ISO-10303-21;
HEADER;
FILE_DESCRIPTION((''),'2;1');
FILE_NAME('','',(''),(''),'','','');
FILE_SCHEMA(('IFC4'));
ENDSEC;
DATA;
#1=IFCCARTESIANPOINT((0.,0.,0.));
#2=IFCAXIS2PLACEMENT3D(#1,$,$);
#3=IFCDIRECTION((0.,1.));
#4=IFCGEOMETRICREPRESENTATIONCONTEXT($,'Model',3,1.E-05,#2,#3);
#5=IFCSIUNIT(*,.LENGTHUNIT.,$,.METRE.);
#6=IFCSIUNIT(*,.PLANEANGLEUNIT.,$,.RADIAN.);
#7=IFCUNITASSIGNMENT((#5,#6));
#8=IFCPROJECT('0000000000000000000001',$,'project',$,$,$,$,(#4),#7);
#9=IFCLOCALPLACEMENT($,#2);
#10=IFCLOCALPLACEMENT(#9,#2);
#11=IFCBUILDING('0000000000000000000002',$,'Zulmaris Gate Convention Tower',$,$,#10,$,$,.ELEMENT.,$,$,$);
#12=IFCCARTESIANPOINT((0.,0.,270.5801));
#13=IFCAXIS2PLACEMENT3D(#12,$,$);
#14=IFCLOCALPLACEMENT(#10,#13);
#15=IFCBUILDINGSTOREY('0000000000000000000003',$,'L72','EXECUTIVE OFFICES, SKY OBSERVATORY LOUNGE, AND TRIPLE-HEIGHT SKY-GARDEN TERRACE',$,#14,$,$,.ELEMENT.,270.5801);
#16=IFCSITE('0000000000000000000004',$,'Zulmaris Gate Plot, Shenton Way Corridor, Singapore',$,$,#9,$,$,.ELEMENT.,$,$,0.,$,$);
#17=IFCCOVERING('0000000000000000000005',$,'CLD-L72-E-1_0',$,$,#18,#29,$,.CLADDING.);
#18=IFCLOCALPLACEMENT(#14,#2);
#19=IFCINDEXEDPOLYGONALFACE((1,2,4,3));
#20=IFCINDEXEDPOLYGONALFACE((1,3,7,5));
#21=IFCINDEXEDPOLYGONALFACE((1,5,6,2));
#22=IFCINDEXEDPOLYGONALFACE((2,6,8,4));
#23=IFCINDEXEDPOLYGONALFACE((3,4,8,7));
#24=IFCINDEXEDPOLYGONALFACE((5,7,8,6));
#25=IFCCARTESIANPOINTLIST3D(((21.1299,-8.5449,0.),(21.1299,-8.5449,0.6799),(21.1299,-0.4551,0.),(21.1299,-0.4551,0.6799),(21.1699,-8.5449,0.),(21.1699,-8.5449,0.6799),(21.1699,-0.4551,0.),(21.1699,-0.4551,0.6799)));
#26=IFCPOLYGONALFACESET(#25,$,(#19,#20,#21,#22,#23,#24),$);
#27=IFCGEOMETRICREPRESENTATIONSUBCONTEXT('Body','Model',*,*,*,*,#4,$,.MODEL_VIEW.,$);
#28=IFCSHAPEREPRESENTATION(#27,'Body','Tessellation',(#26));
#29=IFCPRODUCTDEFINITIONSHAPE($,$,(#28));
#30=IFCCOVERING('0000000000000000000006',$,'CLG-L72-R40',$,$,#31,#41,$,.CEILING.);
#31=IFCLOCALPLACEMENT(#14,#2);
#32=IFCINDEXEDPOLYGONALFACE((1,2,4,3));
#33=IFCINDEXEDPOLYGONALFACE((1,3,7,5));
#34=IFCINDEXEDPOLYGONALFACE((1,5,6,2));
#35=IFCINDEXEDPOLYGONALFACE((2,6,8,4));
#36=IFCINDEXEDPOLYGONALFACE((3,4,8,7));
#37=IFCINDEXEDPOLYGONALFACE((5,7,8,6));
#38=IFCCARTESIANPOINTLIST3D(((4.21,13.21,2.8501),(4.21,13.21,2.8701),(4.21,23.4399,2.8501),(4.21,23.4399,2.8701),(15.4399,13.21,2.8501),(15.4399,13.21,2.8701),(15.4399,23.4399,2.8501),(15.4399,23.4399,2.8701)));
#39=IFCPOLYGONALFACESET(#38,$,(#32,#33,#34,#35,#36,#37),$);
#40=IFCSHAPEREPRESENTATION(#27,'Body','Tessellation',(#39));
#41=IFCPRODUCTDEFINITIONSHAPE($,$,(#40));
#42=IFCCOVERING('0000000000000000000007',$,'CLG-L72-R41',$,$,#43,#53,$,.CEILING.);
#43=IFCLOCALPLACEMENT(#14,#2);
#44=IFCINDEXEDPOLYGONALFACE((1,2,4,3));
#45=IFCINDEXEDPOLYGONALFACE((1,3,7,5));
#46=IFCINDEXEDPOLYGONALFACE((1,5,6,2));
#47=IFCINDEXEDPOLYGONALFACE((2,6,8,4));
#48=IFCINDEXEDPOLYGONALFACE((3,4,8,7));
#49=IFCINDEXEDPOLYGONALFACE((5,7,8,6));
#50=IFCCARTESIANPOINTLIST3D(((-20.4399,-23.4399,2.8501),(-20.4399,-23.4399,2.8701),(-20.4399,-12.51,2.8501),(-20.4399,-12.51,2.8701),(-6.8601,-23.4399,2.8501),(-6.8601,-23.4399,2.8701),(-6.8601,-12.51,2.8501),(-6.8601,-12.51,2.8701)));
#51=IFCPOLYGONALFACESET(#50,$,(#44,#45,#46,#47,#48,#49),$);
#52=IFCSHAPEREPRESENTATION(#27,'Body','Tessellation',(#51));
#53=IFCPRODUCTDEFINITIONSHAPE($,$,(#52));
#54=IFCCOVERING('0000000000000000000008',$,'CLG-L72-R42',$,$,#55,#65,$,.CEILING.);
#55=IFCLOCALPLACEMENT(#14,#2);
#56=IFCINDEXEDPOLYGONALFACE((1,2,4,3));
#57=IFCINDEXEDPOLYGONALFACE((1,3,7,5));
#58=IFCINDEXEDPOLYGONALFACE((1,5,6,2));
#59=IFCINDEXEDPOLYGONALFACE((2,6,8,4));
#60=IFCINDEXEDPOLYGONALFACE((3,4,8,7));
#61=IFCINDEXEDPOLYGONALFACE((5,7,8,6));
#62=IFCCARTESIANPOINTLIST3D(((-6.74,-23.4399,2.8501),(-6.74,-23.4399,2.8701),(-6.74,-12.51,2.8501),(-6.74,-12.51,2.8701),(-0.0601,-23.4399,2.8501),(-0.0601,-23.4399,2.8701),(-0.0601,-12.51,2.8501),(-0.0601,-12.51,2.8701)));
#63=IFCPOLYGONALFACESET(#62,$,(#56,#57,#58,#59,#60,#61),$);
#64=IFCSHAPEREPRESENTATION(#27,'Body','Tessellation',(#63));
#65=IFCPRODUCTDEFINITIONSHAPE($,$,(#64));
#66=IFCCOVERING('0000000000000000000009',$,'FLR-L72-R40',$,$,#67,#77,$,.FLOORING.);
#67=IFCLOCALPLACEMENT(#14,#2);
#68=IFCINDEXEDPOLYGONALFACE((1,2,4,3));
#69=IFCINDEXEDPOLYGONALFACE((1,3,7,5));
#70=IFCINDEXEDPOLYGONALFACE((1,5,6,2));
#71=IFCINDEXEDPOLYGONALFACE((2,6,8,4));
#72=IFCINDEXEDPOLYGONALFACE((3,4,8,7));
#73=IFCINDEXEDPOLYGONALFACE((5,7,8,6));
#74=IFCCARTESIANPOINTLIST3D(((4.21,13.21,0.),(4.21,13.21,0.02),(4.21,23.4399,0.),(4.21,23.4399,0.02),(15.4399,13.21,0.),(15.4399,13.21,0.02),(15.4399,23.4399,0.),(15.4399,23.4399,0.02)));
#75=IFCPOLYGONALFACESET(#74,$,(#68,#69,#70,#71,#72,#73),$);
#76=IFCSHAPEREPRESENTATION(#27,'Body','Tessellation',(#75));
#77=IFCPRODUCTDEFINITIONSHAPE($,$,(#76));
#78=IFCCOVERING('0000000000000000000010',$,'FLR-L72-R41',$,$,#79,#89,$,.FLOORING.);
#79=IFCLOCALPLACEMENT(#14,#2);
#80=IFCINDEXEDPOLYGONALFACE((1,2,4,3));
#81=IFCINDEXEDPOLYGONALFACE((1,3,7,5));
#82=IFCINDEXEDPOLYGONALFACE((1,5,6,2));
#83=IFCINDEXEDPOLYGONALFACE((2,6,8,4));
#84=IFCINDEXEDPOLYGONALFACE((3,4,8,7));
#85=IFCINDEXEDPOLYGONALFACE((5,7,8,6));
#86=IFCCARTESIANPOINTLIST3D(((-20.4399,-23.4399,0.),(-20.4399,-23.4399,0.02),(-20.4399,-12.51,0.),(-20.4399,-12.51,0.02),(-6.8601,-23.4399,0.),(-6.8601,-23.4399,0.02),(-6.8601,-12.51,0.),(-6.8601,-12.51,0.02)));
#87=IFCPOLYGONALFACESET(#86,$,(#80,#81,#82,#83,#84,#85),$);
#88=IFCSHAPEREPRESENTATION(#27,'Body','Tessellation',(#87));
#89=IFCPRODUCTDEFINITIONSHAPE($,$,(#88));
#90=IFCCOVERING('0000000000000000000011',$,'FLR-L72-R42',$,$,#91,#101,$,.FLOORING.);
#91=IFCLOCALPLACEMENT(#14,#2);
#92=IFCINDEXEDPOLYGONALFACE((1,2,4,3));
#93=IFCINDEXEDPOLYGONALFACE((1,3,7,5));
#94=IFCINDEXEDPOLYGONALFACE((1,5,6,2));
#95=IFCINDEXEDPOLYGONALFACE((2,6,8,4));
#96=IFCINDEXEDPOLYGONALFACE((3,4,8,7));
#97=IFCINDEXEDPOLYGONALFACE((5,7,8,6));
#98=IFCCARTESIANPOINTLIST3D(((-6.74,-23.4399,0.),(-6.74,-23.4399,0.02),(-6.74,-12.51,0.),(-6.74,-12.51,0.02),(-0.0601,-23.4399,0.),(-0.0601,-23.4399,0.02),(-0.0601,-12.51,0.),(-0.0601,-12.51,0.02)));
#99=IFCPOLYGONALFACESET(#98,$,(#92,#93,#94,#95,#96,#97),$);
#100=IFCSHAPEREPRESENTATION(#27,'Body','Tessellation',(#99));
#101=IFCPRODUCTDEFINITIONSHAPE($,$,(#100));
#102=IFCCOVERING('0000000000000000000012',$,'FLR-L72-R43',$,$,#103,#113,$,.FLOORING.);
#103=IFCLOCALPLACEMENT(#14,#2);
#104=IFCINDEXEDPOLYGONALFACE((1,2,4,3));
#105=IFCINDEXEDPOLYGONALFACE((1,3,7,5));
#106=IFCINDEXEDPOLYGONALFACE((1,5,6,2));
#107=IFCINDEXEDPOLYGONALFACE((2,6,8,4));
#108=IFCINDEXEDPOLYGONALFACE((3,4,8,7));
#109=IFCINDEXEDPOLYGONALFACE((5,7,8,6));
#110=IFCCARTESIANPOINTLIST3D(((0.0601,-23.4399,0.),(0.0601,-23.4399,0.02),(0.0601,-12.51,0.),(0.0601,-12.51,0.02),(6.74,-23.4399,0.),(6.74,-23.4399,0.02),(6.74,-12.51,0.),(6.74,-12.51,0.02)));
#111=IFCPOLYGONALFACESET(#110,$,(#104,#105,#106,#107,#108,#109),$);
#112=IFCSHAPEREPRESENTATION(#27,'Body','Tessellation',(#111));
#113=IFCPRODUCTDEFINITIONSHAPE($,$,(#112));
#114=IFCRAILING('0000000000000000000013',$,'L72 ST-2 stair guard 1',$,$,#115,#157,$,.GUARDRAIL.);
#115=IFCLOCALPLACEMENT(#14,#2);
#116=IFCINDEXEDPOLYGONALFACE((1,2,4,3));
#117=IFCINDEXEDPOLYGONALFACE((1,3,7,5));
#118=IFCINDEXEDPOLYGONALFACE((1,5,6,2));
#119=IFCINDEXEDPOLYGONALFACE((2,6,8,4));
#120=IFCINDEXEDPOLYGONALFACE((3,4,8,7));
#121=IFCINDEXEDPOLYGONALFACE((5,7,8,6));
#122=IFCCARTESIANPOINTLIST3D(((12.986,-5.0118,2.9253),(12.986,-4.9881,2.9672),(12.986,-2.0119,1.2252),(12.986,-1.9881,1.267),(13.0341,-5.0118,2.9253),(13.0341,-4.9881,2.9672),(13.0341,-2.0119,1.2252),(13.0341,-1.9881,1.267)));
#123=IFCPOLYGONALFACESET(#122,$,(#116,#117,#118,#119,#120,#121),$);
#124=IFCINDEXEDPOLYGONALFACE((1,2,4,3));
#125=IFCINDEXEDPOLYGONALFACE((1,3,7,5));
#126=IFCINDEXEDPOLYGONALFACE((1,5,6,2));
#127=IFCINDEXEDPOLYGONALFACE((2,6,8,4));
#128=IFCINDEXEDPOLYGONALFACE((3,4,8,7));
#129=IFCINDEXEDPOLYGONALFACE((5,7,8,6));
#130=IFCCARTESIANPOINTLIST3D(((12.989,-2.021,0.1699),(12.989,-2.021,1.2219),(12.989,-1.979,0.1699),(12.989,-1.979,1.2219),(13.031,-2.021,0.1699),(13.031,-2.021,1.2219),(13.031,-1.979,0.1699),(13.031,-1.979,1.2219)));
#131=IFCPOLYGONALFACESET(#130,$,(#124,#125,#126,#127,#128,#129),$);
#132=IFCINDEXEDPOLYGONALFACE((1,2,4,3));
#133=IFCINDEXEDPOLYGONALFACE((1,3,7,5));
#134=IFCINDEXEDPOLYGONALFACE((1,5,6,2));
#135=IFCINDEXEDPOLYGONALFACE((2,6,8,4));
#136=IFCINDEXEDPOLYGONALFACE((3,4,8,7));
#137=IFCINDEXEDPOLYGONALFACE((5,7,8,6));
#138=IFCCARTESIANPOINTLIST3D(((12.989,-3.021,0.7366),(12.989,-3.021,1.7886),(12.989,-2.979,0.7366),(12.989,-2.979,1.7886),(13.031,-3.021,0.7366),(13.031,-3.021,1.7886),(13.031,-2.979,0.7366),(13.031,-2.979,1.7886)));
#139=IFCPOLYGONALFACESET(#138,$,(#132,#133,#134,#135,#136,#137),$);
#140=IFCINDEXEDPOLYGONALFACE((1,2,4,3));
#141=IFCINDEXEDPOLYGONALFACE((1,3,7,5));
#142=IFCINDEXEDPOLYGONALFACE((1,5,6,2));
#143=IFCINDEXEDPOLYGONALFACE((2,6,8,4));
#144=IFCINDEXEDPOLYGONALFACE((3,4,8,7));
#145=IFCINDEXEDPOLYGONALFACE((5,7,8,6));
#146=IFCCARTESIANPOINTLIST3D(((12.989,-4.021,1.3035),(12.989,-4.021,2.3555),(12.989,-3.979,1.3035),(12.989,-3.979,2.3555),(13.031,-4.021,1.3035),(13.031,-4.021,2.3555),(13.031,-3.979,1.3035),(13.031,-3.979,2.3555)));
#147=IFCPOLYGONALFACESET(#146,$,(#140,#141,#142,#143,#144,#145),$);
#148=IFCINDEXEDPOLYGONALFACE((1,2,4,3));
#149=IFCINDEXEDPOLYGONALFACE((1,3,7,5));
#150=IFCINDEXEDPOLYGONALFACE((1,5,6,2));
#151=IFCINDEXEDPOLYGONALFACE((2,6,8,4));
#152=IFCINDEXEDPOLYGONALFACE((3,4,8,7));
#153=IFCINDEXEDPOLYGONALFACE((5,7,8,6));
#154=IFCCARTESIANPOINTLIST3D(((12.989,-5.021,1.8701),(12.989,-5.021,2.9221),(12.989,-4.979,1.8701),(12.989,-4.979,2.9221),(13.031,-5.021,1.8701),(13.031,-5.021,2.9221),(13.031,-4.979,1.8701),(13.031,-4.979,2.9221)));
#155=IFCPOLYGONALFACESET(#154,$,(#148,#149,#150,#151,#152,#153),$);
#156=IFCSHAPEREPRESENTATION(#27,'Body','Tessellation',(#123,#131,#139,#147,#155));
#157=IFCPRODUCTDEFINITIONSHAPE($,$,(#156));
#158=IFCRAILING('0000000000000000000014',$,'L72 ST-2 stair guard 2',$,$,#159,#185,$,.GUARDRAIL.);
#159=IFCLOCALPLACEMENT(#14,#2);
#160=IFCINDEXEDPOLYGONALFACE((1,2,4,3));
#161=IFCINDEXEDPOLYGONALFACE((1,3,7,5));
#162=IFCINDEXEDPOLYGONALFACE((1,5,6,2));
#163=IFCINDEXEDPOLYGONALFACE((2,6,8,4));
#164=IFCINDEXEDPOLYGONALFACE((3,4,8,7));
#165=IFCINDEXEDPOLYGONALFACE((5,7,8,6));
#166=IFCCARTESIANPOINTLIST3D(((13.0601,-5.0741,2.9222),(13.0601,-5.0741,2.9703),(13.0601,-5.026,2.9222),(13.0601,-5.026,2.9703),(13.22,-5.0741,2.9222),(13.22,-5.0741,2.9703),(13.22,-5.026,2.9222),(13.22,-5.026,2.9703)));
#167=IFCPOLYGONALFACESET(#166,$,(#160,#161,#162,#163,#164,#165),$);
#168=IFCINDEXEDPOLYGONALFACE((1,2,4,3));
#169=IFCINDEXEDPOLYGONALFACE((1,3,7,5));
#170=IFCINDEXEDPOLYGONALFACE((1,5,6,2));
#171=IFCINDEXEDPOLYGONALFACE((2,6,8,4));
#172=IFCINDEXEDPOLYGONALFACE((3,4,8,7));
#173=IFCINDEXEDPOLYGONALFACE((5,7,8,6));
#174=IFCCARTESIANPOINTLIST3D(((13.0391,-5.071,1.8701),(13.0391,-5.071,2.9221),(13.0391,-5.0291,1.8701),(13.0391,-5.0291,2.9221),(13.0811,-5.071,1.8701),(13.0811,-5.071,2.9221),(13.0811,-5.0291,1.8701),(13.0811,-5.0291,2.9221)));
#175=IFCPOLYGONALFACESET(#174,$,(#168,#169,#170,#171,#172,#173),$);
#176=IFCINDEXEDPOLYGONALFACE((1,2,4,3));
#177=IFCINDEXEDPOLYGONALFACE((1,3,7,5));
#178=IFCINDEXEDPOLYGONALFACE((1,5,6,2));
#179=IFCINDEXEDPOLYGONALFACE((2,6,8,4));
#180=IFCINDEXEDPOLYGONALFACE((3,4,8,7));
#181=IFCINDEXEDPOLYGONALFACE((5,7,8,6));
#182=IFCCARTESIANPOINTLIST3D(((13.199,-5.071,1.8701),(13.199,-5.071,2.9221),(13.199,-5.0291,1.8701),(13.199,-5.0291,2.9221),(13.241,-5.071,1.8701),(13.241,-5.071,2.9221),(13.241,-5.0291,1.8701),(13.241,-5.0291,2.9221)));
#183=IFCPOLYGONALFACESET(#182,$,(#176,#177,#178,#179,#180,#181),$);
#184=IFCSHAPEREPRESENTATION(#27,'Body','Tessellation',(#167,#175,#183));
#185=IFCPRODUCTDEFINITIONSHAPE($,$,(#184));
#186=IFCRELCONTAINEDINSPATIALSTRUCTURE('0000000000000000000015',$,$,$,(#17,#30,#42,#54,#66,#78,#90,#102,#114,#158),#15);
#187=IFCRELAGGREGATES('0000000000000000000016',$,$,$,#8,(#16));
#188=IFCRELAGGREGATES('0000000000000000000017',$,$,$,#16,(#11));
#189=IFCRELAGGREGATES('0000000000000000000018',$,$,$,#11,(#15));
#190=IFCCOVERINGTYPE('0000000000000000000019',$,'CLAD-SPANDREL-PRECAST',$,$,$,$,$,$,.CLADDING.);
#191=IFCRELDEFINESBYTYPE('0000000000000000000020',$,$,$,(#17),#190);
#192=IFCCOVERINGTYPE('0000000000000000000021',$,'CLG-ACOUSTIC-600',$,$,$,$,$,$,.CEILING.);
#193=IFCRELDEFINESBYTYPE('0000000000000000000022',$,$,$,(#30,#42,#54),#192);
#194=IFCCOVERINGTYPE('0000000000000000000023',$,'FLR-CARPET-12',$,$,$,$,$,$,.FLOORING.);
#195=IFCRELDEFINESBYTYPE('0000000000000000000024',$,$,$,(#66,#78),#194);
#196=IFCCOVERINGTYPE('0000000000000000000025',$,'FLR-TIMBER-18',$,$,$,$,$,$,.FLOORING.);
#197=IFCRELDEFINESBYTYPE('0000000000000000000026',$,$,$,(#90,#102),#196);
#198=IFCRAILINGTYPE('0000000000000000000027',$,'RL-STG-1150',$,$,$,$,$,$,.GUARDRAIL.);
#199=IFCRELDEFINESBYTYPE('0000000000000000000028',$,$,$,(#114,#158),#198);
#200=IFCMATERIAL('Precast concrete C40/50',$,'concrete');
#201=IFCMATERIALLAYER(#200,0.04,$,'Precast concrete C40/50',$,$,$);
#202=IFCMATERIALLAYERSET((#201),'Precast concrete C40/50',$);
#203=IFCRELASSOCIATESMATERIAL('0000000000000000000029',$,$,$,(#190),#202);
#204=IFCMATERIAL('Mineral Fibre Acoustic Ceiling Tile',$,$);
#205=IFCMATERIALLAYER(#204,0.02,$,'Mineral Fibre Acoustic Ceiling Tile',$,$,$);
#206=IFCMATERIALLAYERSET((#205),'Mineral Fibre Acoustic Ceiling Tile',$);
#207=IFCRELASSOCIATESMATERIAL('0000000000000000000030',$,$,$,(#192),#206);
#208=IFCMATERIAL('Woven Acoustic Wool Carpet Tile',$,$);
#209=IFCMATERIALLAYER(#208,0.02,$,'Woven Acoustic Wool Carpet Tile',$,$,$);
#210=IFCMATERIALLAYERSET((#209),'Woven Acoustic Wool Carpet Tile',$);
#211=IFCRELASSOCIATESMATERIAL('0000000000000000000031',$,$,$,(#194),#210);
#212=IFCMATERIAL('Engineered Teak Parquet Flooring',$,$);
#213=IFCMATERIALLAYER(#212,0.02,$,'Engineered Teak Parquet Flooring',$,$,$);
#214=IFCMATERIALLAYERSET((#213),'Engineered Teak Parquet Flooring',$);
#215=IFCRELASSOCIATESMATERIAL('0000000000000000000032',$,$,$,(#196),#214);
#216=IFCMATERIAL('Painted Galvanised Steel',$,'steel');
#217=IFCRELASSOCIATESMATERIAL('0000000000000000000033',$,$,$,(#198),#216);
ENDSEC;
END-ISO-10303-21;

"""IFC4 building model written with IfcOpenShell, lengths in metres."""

from ifc_helpers import new_model, si_unit, direction, frame, frame_2d, origin, origin_2d, place, context, subcontext, project, spatial, polyline, rectangle, outline, extrude, material, layer, layer_set, type_object, element, save


model = new_model("IFC4")

# Units and contexts
model_context = context("Model", 3, precision=1e-05, world=origin(), true_north=direction((0.0, 1.0)))
body_context = subcontext(model_context, "Body", "Model", "MODEL_VIEW")
ifc_project = project(units=[si_unit("LENGTHUNIT", "METRE"), si_unit("PLANEANGLEUNIT", "RADIAN")], contexts=[model_context])

# Site, building, storey
site_placement = place(None, origin())
site = spatial("IfcSite", under=ifc_project, at=site_placement, Name="Zulmaris Gate Plot, Shenton Way Corridor, Singapore", CompositionType="ELEMENT", RefElevation=0.0)
building_placement = place(site_placement, origin())
building = spatial("IfcBuilding", under=site, at=building_placement, Name="Zulmaris Gate Convention Tower", CompositionType="ELEMENT")
storey_placement = place(building_placement, frame((0.0, 0.0, 270.5801)))
storey = spatial("IfcBuildingStorey", under=building, at=storey_placement, Name="L72", Description="EXECUTIVE OFFICES, SKY OBSERVATORY LOUNGE, AND TRIPLE-HEIGHT SKY-GARDEN TERRACE", CompositionType="ELEMENT", Elevation=270.5801)

# Shared definitions
ifc_material_1 = material(Name="Precast concrete C40/50", Category="concrete")

# Coverings
ifc_layer_1 = layer(ifc_material_1, 0.04, Name="Precast concrete C40/50")
ifc_layer_set_1 = layer_set([ifc_layer_1], Name="Precast concrete C40/50")
covering_type_1 = type_object("IfcCoveringType", Name="CLAD-SPANDREL-PRECAST", PredefinedType="CLADDING", material=ifc_layer_set_1)
covering_1_placement = place(storey_placement, frame((21.1499, -8.5449, 0.0), z_axis=(0.0, 0.0, 1.0), x_axis=(0.0, 1.0, 0.0)))
element("IfcCovering", 1, at=covering_1_placement, inside=storey, type_object=covering_type_1, Name="CLD-L72-E-1_0", PredefinedType="CLADDING", context=body_context, shape_type="SweptSolid", body=[
    extrude(rectangle(XDim=8.0898, YDim=0.04, at=frame_2d((4.0449, 0.0))), origin(), (0.0, 0.0, 1.0), 0.6799),
])
ifc_material_2 = material(Name="Mineral Fibre Acoustic Ceiling Tile")
ifc_layer_2 = layer(ifc_material_2, 0.02, Name="Mineral Fibre Acoustic Ceiling Tile")
ifc_layer_set_2 = layer_set([ifc_layer_2], Name="Mineral Fibre Acoustic Ceiling Tile")
covering_type_2 = type_object("IfcCoveringType", Name="CLG-ACOUSTIC-600", PredefinedType="CEILING", material=ifc_layer_set_2)
covering_2_placement = place(storey_placement, frame((0.0, 0.0, 2.8501)))
element("IfcCovering", 2, at=covering_2_placement, inside=storey, type_object=covering_type_2, Name="CLG-L72-R40", PredefinedType="CEILING", context=body_context, shape_type="SweptSolid", body=[
    extrude(outline(polyline([(4.21, 13.21), (15.4399, 13.21), (15.4399, 23.4399), (4.21, 23.4399), (4.21, 13.21)])), origin(), (0.0, 0.0, 1.0), 0.02),
])
covering_3_placement = place(storey_placement, frame((0.0, 0.0, 2.8501)))
element("IfcCovering", 3, at=covering_3_placement, inside=storey, type_object=covering_type_2, Name="CLG-L72-R41", PredefinedType="CEILING", context=body_context, shape_type="SweptSolid", body=[
    extrude(outline(polyline([(-20.4399, -23.4399), (-6.8601, -23.4399), (-6.8601, -12.51), (-20.4399, -12.51), (-20.4399, -23.4399)])), origin(), (0.0, 0.0, 1.0), 0.02),
])
covering_4_placement = place(storey_placement, frame((0.0, 0.0, 2.8501)))
element("IfcCovering", 4, at=covering_4_placement, inside=storey, type_object=covering_type_2, Name="CLG-L72-R42", PredefinedType="CEILING", context=body_context, shape_type="SweptSolid", body=[
    extrude(outline(polyline([(-6.74, -23.4399), (-0.0601, -23.4399), (-0.0601, -12.51), (-6.74, -12.51), (-6.74, -23.4399)])), origin(), (0.0, 0.0, 1.0), 0.02),
])
ifc_material_3 = material(Name="Woven Acoustic Wool Carpet Tile")
ifc_layer_3 = layer(ifc_material_3, 0.02, Name="Woven Acoustic Wool Carpet Tile")
ifc_layer_set_3 = layer_set([ifc_layer_3], Name="Woven Acoustic Wool Carpet Tile")
covering_type_3 = type_object("IfcCoveringType", Name="FLR-CARPET-12", PredefinedType="FLOORING", material=ifc_layer_set_3)
covering_5_placement = place(storey_placement, origin())
element("IfcCovering", 5, at=covering_5_placement, inside=storey, type_object=covering_type_3, Name="FLR-L72-R40", PredefinedType="FLOORING", context=body_context, shape_type="SweptSolid", body=[
    extrude(outline(polyline([(4.21, 13.21), (15.4399, 13.21), (15.4399, 23.4399), (4.21, 23.4399), (4.21, 13.21)])), origin(), (0.0, 0.0, 1.0), 0.02),
])
covering_6_placement = place(storey_placement, origin())
element("IfcCovering", 6, at=covering_6_placement, inside=storey, type_object=covering_type_3, Name="FLR-L72-R41", PredefinedType="FLOORING", context=body_context, shape_type="SweptSolid", body=[
    extrude(outline(polyline([(-20.4399, -23.4399), (-6.8601, -23.4399), (-6.8601, -12.51), (-20.4399, -12.51), (-20.4399, -23.4399)])), origin(), (0.0, 0.0, 1.0), 0.02),
])
ifc_material_4 = material(Name="Engineered Teak Parquet Flooring")
ifc_layer_4 = layer(ifc_material_4, 0.02, Name="Engineered Teak Parquet Flooring")
ifc_layer_set_4 = layer_set([ifc_layer_4], Name="Engineered Teak Parquet Flooring")
covering_type_4 = type_object("IfcCoveringType", Name="FLR-TIMBER-18", PredefinedType="FLOORING", material=ifc_layer_set_4)
covering_7_placement = place(storey_placement, origin())
element("IfcCovering", 7, at=covering_7_placement, inside=storey, type_object=covering_type_4, Name="FLR-L72-R42", PredefinedType="FLOORING", context=body_context, shape_type="SweptSolid", body=[
    extrude(outline(polyline([(-6.74, -23.4399), (-0.0601, -23.4399), (-0.0601, -12.51), (-6.74, -12.51), (-6.74, -23.4399)])), origin(), (0.0, 0.0, 1.0), 0.02),
])
covering_8_placement = place(storey_placement, origin())
element("IfcCovering", 8, at=covering_8_placement, inside=storey, type_object=covering_type_4, Name="FLR-L72-R43", PredefinedType="FLOORING", context=body_context, shape_type="SweptSolid", body=[
    extrude(outline(polyline([(0.0601, -23.4399), (6.74, -23.4399), (6.74, -12.51), (0.0601, -12.51), (0.0601, -23.4399)])), origin(), (0.0, 0.0, 1.0), 0.02),
])

# Railings
ifc_material_5 = material(Name="Painted Galvanised Steel", Category="steel")
railing_type_1 = type_object("IfcRailingType", Name="RL-STG-1150", PredefinedType="GUARDRAIL", material=ifc_material_5)
railing_1_placement = place(storey_placement, frame((13.01, -2.0, 0.1699)))
element("IfcRailing", 9, at=railing_1_placement, inside=storey, type_object=railing_type_1, Name="L72 ST-2 stair guard 1", PredefinedType="GUARDRAIL", context=body_context, shape_type="SweptSolid", body=[
    extrude(rectangle(XDim=0.0481, YDim=0.0481, at=origin_2d()), frame((0.0, 0.0, 1.0762), z_axis=(0.0, -0.869998, 0.493055), x_axis=(1.0, 0.0, 0.0)), (0.0, 0.0, 1.0), 3.4482),
    extrude(rectangle(XDim=0.042, YDim=0.042, at=origin_2d()), origin(), (0.0, 0.0, 1.0), 1.052),
    extrude(rectangle(XDim=0.042, YDim=0.042, at=origin_2d()), frame((0.0, -1.0, 0.5667)), (0.0, 0.0, 1.0), 1.052),
    extrude(rectangle(XDim=0.042, YDim=0.042, at=origin_2d()), frame((0.0, -2.0, 1.1335)), (0.0, 0.0, 1.0), 1.052),
    extrude(rectangle(XDim=0.042, YDim=0.042, at=origin_2d()), frame((0.0, -3.0, 1.7002)), (0.0, 0.0, 1.0), 1.052),
])
railing_2_placement = place(storey_placement, frame((13.0601, -5.05, 1.8701)))
element("IfcRailing", 10, at=railing_2_placement, inside=storey, type_object=railing_type_1, Name="L72 ST-2 stair guard 2", PredefinedType="GUARDRAIL", context=body_context, shape_type="SweptSolid", body=[
    extrude(rectangle(XDim=0.0481, YDim=0.0481, at=origin_2d()), frame((0.0, 0.0, 1.0762), z_axis=(1.0, 0.0, 0.0), x_axis=(0.0, 1.0, 0.0)), (0.0, 0.0, 1.0), 0.1599),
    extrude(rectangle(XDim=0.042, YDim=0.042, at=origin_2d()), origin(), (0.0, 0.0, 1.0), 1.052),
    extrude(rectangle(XDim=0.042, YDim=0.042, at=origin_2d()), frame((0.1599, 0.0, 0.0)), (0.0, 0.0, 1.0), 1.052),
])

save(model, "model.ifc")
